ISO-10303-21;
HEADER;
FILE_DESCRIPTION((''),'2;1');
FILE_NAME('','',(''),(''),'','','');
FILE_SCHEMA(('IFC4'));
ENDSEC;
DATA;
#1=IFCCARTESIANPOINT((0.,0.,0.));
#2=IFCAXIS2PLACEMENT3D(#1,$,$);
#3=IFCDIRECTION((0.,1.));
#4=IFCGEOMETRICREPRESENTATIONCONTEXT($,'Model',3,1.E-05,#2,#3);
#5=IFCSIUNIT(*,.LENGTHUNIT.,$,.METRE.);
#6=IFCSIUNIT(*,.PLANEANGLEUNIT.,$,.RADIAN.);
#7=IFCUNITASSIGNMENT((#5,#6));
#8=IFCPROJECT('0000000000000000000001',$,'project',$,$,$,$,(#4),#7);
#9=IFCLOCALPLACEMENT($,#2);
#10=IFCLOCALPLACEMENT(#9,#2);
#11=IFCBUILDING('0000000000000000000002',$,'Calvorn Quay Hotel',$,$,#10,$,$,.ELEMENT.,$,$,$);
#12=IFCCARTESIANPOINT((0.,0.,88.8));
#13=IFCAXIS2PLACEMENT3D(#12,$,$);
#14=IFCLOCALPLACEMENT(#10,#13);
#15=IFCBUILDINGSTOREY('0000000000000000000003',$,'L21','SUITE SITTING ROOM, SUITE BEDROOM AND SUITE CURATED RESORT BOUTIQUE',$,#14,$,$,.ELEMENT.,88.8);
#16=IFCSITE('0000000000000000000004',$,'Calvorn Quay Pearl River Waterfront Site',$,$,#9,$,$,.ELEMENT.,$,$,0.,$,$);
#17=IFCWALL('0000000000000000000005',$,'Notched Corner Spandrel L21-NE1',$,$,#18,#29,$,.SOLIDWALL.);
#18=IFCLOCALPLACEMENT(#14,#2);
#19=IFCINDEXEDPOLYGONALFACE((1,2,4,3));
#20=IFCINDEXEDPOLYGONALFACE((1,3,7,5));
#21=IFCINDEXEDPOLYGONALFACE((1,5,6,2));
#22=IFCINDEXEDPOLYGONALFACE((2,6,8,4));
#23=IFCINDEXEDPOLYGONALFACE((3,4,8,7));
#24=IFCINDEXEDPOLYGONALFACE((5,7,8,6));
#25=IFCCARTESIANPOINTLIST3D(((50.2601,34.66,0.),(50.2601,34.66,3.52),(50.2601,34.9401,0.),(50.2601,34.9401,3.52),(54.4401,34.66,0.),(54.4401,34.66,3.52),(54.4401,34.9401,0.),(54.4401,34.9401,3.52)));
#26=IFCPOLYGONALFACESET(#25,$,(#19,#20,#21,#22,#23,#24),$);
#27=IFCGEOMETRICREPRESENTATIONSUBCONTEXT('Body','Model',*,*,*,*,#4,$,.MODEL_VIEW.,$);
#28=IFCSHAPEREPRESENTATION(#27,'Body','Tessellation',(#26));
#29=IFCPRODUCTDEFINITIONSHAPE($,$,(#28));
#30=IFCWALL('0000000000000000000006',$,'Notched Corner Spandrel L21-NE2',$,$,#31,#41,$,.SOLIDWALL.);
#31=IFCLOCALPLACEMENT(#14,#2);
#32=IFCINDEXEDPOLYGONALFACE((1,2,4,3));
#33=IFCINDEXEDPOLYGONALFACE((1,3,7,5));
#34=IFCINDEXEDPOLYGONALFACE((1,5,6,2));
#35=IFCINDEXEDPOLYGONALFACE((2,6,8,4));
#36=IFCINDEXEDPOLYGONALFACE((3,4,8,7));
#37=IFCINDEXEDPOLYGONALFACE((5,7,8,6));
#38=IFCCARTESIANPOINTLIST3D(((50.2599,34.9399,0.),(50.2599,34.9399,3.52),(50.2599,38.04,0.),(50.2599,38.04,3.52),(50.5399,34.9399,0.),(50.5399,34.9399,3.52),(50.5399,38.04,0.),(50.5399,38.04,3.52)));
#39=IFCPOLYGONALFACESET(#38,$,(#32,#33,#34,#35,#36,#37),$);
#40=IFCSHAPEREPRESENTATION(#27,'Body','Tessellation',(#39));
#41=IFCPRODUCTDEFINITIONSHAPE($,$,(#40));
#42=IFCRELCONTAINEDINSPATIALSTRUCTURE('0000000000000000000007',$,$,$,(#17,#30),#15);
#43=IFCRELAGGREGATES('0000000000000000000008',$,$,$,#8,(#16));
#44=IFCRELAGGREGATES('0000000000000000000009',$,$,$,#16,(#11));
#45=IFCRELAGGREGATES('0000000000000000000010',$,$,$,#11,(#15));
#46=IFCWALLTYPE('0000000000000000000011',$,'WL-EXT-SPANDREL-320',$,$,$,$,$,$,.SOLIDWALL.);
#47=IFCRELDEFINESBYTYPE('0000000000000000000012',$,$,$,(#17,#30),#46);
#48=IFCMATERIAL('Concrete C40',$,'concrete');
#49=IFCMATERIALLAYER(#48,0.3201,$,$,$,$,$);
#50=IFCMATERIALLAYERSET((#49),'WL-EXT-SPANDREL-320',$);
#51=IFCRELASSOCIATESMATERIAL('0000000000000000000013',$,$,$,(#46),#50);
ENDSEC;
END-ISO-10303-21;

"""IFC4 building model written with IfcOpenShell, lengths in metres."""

from ifc_helpers import new_model, si_unit, direction, frame, frame_2d, origin, place, context, subcontext, project, spatial, rectangle, extrude, material, layer, layer_set, type_object, element, save


model = new_model("IFC4")

# Units and contexts
model_context = context("Model", 3, precision=1e-05, world=origin(), true_north=direction((0.0, 1.0)))
body_context = subcontext(model_context, "Body", "Model", "MODEL_VIEW")
ifc_project = project(units=[si_unit("LENGTHUNIT", "METRE"), si_unit("PLANEANGLEUNIT", "RADIAN")], contexts=[model_context])

# Site, building, storey
site_placement = place(None, origin())
site = spatial("IfcSite", under=ifc_project, at=site_placement, Name="Calvorn Quay Pearl River Waterfront Site", CompositionType="ELEMENT", RefElevation=0.0)
building_placement = place(site_placement, origin())
building = spatial("IfcBuilding", under=site, at=building_placement, Name="Calvorn Quay Hotel", CompositionType="ELEMENT")
storey_placement = place(building_placement, frame((0.0, 0.0, 88.8)))
storey = spatial("IfcBuildingStorey", under=building, at=storey_placement, Name="L21", Description="SUITE SITTING ROOM, SUITE BEDROOM AND SUITE CURATED RESORT BOUTIQUE", CompositionType="ELEMENT", Elevation=88.8)

# Walls
ifc_material_1 = material(Name="Concrete C40", Category="concrete")
ifc_layer_1 = layer(ifc_material_1, 0.3201)
ifc_layer_set_1 = layer_set([ifc_layer_1], Name="WL-EXT-SPANDREL-320")
wall_type_1 = type_object("IfcWallType", Name="WL-EXT-SPANDREL-320", PredefinedType="SOLIDWALL", material=ifc_layer_set_1)
wall_1_placement = place(storey_placement, frame((54.4399, 34.8, 0.0), z_axis=(0.0, 0.0, 1.0), x_axis=(-1.0, 0.0, 0.0)))
element("IfcWall", 1, at=wall_1_placement, inside=storey, type_object=wall_type_1, Name="Notched Corner Spandrel L21-NE1", PredefinedType="SOLIDWALL", context=body_context, shape_type="SweptSolid", body=[
    extrude(rectangle(XDim=4.1799, YDim=0.28, at=frame_2d((2.0898, 0.0))), origin(), (0.0, 0.0, 1.0), 3.52),
])
wall_2_placement = place(storey_placement, frame((50.3999, 34.9399, 0.0), z_axis=(0.0, 0.0, 1.0), x_axis=(0.0, 1.0, 0.0)))
element("IfcWall", 2, at=wall_2_placement, inside=storey, type_object=wall_type_1, Name="Notched Corner Spandrel L21-NE2", PredefinedType="SOLIDWALL", context=body_context, shape_type="SweptSolid", body=[
    extrude(rectangle(XDim=3.1001, YDim=0.28, at=frame_2d((1.55, 0.0))), origin(), (0.0, 0.0, 1.0), 3.52),
])

save(model, "model.ifc")
